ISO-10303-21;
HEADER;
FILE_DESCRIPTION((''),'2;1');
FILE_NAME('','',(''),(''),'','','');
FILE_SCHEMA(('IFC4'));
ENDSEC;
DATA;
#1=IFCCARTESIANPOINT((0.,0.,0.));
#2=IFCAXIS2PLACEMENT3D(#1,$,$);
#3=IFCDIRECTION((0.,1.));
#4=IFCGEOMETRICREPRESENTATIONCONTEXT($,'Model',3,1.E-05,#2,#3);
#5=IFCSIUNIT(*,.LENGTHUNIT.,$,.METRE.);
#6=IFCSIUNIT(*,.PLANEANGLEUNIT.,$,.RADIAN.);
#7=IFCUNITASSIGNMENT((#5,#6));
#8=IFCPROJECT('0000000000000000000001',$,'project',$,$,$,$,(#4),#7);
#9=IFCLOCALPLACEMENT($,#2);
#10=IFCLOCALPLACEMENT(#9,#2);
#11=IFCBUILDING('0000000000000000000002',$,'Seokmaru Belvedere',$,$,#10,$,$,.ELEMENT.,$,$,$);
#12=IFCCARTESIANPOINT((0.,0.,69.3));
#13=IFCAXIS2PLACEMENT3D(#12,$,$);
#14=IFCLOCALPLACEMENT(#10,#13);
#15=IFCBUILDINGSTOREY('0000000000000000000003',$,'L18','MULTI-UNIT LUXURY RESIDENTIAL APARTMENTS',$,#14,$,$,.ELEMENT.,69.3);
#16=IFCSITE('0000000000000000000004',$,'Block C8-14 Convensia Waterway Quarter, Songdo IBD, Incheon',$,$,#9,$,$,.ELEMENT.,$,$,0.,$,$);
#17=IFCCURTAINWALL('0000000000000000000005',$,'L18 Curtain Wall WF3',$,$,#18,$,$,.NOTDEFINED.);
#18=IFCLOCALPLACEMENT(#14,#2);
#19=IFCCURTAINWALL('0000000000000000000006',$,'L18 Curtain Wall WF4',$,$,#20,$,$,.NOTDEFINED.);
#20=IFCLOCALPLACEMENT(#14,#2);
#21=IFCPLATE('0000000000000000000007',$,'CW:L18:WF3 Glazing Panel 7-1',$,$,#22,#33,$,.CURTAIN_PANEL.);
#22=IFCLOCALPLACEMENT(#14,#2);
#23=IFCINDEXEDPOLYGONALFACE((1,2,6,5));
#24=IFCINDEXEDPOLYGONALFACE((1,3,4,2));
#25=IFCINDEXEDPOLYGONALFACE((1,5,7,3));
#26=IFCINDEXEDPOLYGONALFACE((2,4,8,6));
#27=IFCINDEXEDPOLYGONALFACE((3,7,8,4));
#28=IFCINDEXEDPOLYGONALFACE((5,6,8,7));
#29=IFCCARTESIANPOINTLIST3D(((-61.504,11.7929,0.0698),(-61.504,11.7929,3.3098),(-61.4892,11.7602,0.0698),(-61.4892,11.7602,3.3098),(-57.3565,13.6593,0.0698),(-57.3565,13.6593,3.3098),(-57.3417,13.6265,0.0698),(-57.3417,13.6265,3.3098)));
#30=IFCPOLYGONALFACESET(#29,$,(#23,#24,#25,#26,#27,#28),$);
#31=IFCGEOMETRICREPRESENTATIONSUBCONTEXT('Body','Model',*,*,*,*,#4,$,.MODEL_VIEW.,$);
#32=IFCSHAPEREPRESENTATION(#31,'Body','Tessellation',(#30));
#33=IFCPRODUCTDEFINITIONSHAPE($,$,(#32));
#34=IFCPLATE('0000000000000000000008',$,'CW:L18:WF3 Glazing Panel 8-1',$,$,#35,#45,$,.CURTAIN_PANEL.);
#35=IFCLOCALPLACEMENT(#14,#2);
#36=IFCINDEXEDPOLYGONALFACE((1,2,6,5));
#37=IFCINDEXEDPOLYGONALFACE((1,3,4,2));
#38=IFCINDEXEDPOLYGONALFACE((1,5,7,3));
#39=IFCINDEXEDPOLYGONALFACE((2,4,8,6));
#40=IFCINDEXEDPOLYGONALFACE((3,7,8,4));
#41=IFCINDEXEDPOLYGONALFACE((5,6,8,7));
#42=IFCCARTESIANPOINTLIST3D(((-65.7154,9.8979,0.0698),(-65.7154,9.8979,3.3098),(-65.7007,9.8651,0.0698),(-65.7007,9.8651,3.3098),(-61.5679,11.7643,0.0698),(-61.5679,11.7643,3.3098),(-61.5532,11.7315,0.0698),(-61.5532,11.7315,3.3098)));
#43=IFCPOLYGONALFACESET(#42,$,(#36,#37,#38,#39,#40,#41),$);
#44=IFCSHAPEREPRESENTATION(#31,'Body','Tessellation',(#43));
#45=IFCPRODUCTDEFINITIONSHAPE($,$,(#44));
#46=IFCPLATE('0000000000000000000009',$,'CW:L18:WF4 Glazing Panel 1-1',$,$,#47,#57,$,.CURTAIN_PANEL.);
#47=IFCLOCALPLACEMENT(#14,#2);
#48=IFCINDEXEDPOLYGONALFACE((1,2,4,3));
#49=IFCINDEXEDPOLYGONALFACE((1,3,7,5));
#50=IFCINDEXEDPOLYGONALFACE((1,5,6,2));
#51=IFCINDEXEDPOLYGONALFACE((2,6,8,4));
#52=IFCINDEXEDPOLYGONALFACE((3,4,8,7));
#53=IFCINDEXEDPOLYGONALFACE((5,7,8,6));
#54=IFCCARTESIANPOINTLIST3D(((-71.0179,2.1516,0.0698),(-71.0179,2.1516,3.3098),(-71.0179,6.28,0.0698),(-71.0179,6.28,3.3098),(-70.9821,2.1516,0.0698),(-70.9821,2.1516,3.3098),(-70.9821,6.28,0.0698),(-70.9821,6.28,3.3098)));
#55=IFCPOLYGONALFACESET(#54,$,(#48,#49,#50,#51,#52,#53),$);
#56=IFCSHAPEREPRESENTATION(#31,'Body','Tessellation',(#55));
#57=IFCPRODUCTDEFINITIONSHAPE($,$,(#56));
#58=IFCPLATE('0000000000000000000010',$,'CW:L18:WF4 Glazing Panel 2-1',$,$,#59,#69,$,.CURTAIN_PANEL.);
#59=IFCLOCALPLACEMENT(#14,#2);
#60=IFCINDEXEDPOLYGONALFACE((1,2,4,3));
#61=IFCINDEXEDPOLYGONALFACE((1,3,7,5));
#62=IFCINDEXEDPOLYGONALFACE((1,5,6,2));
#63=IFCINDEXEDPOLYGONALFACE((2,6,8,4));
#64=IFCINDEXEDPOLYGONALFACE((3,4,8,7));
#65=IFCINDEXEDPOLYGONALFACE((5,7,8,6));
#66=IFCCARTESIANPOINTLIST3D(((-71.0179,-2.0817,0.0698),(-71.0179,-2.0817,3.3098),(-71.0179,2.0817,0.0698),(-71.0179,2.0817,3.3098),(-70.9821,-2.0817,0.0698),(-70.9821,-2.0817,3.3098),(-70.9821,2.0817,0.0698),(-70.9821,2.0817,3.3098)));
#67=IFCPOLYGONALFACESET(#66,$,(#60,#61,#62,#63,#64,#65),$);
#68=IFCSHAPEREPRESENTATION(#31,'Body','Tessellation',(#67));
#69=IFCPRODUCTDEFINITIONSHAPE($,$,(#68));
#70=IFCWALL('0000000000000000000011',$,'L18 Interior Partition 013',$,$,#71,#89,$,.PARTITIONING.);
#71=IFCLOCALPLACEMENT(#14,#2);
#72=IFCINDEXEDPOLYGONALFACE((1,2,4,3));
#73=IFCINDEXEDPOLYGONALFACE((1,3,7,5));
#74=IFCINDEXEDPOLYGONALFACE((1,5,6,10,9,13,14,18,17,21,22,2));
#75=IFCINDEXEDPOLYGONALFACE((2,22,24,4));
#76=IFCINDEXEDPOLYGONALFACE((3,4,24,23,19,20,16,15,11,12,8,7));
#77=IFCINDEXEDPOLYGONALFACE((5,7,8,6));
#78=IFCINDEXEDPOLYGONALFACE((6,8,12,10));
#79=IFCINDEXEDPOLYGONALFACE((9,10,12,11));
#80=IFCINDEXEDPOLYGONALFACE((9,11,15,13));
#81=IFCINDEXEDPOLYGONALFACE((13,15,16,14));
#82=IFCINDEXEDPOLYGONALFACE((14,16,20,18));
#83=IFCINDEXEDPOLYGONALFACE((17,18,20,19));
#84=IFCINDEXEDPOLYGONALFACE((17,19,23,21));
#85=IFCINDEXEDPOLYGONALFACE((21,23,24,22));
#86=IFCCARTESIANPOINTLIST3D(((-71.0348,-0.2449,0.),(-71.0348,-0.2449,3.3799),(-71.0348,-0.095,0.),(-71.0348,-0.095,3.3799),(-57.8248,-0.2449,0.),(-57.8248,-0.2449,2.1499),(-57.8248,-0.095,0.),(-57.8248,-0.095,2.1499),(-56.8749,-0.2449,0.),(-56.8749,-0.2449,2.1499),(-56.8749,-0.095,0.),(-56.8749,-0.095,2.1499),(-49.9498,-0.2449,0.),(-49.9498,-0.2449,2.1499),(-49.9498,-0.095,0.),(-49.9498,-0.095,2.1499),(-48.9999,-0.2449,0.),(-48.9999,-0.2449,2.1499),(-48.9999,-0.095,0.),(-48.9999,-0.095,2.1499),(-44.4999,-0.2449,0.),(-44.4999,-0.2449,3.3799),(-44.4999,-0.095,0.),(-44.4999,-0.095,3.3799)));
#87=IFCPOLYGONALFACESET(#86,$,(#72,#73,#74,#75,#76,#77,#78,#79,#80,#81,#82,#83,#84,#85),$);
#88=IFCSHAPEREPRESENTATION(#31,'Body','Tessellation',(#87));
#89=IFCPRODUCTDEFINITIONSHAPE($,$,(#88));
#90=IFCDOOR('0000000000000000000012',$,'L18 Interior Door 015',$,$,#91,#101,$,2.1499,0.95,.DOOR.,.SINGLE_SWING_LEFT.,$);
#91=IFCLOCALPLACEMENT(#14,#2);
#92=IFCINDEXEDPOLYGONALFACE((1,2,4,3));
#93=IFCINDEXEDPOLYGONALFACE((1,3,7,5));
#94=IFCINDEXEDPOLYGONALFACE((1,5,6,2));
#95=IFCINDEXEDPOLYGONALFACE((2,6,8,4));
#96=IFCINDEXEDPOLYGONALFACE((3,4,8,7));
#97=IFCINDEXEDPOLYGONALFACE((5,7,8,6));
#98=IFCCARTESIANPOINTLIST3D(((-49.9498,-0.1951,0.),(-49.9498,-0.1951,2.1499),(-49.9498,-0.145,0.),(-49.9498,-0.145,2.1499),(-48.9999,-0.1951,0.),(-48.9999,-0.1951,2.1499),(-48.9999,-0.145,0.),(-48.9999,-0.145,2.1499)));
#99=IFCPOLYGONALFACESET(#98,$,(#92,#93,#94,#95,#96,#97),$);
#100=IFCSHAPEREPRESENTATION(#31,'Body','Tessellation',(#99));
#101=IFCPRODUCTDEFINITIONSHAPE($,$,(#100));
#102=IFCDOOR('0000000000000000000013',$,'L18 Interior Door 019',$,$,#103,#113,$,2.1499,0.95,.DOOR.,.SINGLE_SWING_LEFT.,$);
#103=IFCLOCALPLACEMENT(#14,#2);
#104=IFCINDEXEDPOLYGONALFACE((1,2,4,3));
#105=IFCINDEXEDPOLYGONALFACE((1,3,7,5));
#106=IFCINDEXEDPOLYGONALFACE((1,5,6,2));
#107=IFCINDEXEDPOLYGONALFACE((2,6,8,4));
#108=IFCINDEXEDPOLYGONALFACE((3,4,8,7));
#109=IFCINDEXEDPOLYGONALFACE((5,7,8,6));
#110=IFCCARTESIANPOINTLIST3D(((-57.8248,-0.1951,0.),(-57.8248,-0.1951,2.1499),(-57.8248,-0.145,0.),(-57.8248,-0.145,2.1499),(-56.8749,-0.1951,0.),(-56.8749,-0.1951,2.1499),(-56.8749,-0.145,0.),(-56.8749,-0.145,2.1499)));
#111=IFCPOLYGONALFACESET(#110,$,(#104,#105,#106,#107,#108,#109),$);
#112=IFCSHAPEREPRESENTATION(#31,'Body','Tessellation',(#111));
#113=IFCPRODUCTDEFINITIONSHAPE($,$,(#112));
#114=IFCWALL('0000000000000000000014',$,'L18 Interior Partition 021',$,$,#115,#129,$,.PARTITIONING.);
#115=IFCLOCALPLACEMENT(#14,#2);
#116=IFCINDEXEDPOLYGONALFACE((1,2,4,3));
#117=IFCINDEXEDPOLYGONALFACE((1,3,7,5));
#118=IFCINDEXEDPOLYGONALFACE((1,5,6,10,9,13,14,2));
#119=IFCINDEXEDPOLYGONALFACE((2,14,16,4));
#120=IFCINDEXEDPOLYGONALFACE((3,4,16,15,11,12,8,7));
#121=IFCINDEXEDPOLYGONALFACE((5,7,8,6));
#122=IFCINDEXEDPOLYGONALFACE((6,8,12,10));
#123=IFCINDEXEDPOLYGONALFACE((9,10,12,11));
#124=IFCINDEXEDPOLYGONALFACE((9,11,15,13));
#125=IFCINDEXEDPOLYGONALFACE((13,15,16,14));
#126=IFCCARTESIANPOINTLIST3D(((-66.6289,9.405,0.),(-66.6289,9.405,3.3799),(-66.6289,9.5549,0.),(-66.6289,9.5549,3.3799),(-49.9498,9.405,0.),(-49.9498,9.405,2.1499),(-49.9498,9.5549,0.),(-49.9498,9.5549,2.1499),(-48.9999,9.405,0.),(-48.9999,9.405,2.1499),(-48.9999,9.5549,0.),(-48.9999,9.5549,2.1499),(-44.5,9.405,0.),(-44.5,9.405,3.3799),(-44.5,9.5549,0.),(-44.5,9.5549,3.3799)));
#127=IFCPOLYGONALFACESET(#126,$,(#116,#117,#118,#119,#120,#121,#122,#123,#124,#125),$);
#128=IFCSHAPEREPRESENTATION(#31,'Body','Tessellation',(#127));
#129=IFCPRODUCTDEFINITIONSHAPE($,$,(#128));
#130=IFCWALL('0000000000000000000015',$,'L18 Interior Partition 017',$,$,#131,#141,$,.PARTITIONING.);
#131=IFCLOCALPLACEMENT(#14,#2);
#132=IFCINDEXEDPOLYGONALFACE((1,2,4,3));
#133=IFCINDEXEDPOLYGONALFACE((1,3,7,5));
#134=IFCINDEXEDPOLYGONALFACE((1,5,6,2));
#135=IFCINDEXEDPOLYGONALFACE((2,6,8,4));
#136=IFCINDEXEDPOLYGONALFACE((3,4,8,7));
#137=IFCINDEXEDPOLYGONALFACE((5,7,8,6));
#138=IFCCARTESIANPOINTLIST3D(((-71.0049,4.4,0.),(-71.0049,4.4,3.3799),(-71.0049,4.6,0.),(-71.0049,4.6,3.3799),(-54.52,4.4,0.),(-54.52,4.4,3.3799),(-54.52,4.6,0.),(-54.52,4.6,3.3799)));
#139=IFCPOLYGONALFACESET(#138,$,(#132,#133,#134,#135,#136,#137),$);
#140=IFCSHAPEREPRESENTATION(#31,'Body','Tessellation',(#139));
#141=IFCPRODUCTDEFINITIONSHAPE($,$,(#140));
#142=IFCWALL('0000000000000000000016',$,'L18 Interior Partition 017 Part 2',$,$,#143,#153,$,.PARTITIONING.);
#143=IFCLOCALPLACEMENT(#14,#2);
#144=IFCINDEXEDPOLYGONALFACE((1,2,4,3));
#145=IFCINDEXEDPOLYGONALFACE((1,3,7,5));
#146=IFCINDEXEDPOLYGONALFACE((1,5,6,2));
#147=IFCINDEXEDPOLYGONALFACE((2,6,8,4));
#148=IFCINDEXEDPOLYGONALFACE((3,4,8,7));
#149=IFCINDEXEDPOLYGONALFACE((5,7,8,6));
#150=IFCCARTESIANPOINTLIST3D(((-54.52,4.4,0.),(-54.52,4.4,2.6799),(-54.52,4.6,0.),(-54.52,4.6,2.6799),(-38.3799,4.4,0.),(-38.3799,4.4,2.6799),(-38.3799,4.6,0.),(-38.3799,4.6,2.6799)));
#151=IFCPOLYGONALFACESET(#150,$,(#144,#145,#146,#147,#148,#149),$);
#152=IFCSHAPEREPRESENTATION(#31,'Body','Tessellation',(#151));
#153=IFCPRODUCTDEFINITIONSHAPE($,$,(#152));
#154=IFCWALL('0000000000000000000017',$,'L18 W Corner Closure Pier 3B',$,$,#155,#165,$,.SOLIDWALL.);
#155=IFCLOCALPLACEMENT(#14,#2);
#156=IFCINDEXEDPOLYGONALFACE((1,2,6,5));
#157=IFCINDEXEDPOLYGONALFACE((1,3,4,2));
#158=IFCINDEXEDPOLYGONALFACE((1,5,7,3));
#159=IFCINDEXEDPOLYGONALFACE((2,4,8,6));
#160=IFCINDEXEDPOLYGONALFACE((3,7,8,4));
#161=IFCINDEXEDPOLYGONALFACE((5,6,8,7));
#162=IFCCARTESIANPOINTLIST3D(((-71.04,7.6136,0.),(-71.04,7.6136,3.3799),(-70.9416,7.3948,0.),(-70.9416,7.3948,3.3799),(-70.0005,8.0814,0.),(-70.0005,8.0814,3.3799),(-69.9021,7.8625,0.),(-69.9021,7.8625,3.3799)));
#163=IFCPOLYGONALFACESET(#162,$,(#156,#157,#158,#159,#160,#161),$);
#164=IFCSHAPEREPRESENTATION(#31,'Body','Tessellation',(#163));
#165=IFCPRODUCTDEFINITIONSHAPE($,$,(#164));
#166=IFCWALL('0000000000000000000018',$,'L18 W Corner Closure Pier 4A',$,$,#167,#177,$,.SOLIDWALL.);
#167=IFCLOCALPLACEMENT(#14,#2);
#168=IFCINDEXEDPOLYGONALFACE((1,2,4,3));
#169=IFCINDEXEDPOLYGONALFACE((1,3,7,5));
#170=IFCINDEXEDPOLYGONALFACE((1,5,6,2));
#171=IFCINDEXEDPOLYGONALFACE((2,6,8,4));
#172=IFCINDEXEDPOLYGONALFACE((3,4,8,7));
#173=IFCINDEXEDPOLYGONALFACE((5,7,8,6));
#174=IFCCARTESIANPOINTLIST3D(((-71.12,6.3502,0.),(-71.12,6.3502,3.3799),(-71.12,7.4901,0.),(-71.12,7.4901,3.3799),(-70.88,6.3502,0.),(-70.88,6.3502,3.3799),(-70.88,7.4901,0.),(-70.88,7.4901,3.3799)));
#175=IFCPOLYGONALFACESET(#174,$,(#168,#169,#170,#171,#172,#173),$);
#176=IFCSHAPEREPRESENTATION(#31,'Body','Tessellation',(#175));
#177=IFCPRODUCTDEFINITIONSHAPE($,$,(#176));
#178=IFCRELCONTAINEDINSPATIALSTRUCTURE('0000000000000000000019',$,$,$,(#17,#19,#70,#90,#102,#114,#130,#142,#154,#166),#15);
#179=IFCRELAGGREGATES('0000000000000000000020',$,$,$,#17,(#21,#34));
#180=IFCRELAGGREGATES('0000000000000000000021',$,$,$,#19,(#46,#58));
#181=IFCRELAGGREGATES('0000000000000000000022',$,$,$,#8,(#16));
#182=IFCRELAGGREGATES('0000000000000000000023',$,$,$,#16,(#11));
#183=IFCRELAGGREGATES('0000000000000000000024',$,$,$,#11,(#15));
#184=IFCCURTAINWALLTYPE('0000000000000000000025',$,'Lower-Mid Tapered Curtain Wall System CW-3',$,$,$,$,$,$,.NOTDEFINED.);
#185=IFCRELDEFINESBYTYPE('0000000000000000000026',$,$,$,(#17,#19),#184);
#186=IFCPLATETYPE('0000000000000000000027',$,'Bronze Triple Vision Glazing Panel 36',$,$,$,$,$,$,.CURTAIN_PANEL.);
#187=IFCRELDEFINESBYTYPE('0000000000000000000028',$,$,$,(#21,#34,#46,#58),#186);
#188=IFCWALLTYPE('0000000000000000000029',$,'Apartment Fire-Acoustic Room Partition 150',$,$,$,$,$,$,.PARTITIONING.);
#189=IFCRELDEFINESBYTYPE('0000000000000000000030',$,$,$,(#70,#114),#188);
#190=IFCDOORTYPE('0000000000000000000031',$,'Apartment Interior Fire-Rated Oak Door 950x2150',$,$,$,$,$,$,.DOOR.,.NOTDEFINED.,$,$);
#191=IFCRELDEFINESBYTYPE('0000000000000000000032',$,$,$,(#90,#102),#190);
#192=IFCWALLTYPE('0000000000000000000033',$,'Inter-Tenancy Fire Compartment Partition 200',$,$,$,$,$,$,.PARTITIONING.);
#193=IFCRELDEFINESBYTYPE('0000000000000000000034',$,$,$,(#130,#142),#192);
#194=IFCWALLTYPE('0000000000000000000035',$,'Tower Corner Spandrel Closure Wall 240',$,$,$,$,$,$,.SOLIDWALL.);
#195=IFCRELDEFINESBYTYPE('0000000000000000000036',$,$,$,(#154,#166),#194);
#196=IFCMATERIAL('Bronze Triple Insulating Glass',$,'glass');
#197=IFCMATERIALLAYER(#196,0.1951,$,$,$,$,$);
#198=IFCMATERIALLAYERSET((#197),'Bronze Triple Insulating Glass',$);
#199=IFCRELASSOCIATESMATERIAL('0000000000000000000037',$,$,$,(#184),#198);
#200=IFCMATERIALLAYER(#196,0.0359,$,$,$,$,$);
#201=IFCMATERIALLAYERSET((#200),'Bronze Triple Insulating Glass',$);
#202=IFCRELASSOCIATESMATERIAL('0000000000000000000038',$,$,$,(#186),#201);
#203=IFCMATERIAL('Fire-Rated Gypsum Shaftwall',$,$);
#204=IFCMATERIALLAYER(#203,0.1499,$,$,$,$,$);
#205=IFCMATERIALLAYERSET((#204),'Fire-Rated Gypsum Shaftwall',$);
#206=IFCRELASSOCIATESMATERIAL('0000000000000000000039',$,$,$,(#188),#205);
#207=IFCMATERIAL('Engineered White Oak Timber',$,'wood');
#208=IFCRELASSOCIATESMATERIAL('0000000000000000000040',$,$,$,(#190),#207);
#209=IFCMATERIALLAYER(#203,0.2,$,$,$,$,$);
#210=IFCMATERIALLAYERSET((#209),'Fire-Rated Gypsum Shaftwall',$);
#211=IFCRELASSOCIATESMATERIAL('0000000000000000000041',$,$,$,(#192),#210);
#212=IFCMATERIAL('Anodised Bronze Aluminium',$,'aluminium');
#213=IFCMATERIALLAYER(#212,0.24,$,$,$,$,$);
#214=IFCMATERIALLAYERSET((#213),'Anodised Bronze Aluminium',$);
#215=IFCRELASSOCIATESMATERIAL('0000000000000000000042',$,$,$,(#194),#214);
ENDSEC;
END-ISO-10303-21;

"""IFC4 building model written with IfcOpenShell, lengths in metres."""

from ifc_helpers import new_model, si_unit, direction, frame, frame_2d, origin, origin_2d, place, context, subcontext, project, spatial, rectangle, extrude, source, transform, mapped, material, layer, layer_set, type_object, type_shapes, element, fill, aggregate, save


model = new_model("IFC4")

# Units and contexts
model_context = context("Model", 3, precision=1e-05, world=origin(), true_north=direction((0.0, 1.0)))
body_context = subcontext(model_context, "Body", "Model", "MODEL_VIEW")
ifc_project = project(units=[si_unit("LENGTHUNIT", "METRE"), si_unit("PLANEANGLEUNIT", "RADIAN")], contexts=[model_context])

# Site, building, storey
site_placement = place(None, origin())
site = spatial("IfcSite", under=ifc_project, at=site_placement, Name="Block C8-14 Convensia Waterway Quarter, Songdo IBD, Incheon", CompositionType="ELEMENT", RefElevation=0.0)
building_placement = place(site_placement, origin())
building = spatial("IfcBuilding", under=site, at=building_placement, Name="Seokmaru Belvedere", CompositionType="ELEMENT")
storey_placement = place(building_placement, frame((0.0, 0.0, 69.3)))
storey = spatial("IfcBuildingStorey", under=building, at=storey_placement, Name="L18", Description="MULTI-UNIT LUXURY RESIDENTIAL APARTMENTS", CompositionType="ELEMENT", Elevation=69.3)

# Curtain walls
ifc_material_1 = material(Name="Bronze Triple Insulating Glass", Category="glass")
ifc_layer_1 = layer(ifc_material_1, 0.1951)
ifc_layer_set_1 = layer_set([ifc_layer_1], Name="Bronze Triple Insulating Glass")
curtain_wall_type = type_object("IfcCurtainWallType", Name="Lower-Mid Tapered Curtain Wall System CW-3", PredefinedType="NOTDEFINED", material=ifc_layer_set_1)
curtain_wall_1_placement = place(storey_placement, origin())
curtain_wall_1 = element("IfcCurtainWall", 1, at=curtain_wall_1_placement, inside=storey, type_object=curtain_wall_type, Name="L18 Curtain Wall WF3", PredefinedType="NOTDEFINED")
ifc_material_2 = material(Name="Anodised Bronze Aluminium", Category="aluminium")
curtain_wall_2_placement = place(storey_placement, origin())
curtain_wall_2 = element("IfcCurtainWall", 2, at=curtain_wall_2_placement, inside=storey, type_object=curtain_wall_type, Name="L18 Curtain Wall WF4", PredefinedType="NOTDEFINED")

# Plates
ifc_layer_2 = layer(ifc_material_1, 0.0359)
ifc_layer_set_2 = layer_set([ifc_layer_2], Name="Bronze Triple Insulating Glass")
plate_type = type_object("IfcPlateType", Name="Bronze Triple Vision Glazing Panel 36", PredefinedType="CURTAIN_PANEL", material=ifc_layer_set_2)
shared_shape_1 = source(origin(), body_context, "Body", "SweptSolid", [
    extrude(rectangle(XDim=4.5481, YDim=0.0359, at=origin_2d()), origin(), (0.0, 0.0, 1.0), 3.24),
])
plate_1_placement = place(storey_placement, frame((-59.4229, 12.7097, 0.0698), z_axis=(0.0, 0.0, 1.0), x_axis=(-0.911921, -0.410366, 0.0)))
plate_1 = element("IfcPlate", 3, at=plate_1_placement, type_object=plate_type, Name="CW:L18:WF3 Glazing Panel 7-1", PredefinedType="CURTAIN_PANEL", context=body_context, shape_type="MappedRepresentation", body=[
    mapped(shared_shape_1, transform((0.0, 0.0, 0.0), scale=1.0)),
])
plate_2_placement = place(storey_placement, frame((-63.6343, 10.8147, 0.0698), z_axis=(0.0, 0.0, 1.0), x_axis=(-0.911921, -0.410366, 0.0)))
plate_2 = element("IfcPlate", 4, at=plate_2_placement, type_object=plate_type, Name="CW:L18:WF3 Glazing Panel 8-1", PredefinedType="CURTAIN_PANEL", context=body_context, shape_type="MappedRepresentation", body=[
    mapped(shared_shape_1, transform((0.0, 0.0, 0.0), scale=1.0)),
])
aggregate(curtain_wall_1, [plate_1, plate_2])
shared_shape_2 = source(origin(), body_context, "Body", "SweptSolid", [
    extrude(rectangle(XDim=4.1284, YDim=0.0359, at=origin_2d()), origin(), (0.0, 0.0, 1.0), 3.24),
])
plate_3_placement = place(storey_placement, frame((-71.0, 4.2158, 0.0698), z_axis=(0.0, 0.0, 1.0), x_axis=(0.0, -1.0, 0.0)))
plate_3 = element("IfcPlate", 5, at=plate_3_placement, type_object=plate_type, Name="CW:L18:WF4 Glazing Panel 1-1", PredefinedType="CURTAIN_PANEL", context=body_context, shape_type="MappedRepresentation", body=[
    mapped(shared_shape_2, transform((0.0, 0.0, 0.0), scale=1.0)),
])
shared_shape_3 = source(origin(), body_context, "Body", "SweptSolid", [
    extrude(rectangle(XDim=4.1633, YDim=0.0359, at=origin_2d()), origin(), (0.0, 0.0, 1.0), 3.24),
])
plate_4_placement = place(storey_placement, frame((-71.0, 0.0, 0.0698), z_axis=(0.0, 0.0, 1.0), x_axis=(0.0, -1.0, 0.0)))
plate_4 = element("IfcPlate", 6, at=plate_4_placement, type_object=plate_type, Name="CW:L18:WF4 Glazing Panel 2-1", PredefinedType="CURTAIN_PANEL", context=body_context, shape_type="MappedRepresentation", body=[
    mapped(shared_shape_3, transform((0.0, 0.0, 0.0), scale=1.0)),
])
aggregate(curtain_wall_2, [plate_3, plate_4])

# Wall, openings, doors
ifc_material_3 = material(Name="Fire-Rated Gypsum Shaftwall")
ifc_layer_3 = layer(ifc_material_3, 0.1499)
ifc_layer_set_3 = layer_set([ifc_layer_3], Name="Fire-Rated Gypsum Shaftwall")
wall_type_1 = type_object("IfcWallType", Name="Apartment Fire-Acoustic Room Partition 150", PredefinedType="PARTITIONING", material=ifc_layer_set_3)
wall_1_placement = place(storey_placement, frame((-71.0349, -0.1699, 0.0), z_axis=(0.0, 0.0, 1.0), x_axis=(1.0, 0.0, 0.0)))
wall_1 = element("IfcWall", 7, at=wall_1_placement, inside=storey, type_object=wall_type_1, Name="L18 Interior Partition 013", PredefinedType="PARTITIONING", context=body_context, shape_type="SweptSolid", body=[
    extrude(rectangle(XDim=26.5349, YDim=0.1499, at=frame_2d((13.2676, 0.0))), origin(), (0.0, 0.0, 1.0), 3.3799),
])
opening_1_placement = place(wall_1_placement, frame((21.085, 0.0, 0.0)))
opening_1 = element("IfcOpeningElement", 8, at=opening_1_placement, cuts=wall_1, PredefinedType="OPENING", context=body_context, shape_type="SweptSolid", body=[
    extrude(rectangle(XDim=0.95, YDim=2.1499, at=frame_2d((0.4751, 1.075))), frame((0.0, 0.085, 0.0), z_axis=(0.0, -1.0, 0.0), x_axis=(1.0, 0.0, 0.0)), (0.0, 0.0, 1.0), 0.1699),
])
opening_2_placement = place(wall_1_placement, frame((13.21, 0.0, 0.0)))
opening_2 = element("IfcOpeningElement", 9, at=opening_2_placement, cuts=wall_1, PredefinedType="OPENING", context=body_context, shape_type="SweptSolid", body=[
    extrude(rectangle(XDim=0.95, YDim=2.1499, at=frame_2d((0.4751, 1.075))), frame((0.0, 0.085, 0.0), z_axis=(0.0, -1.0, 0.0), x_axis=(1.0, 0.0, 0.0)), (0.0, 0.0, 1.0), 0.1699),
])
ifc_material_4 = material(Name="Engineered White Oak Timber", Category="wood")
door_type = type_object("IfcDoorType", Name="Apartment Interior Fire-Rated Oak Door 950x2150", OperationType="NOTDEFINED", PredefinedType="DOOR", material=ifc_material_4)
shared_shape_4 = source(origin(), body_context, "Body", "SweptSolid", [
    extrude(rectangle(XDim=0.95, YDim=2.1499, at=frame_2d((0.4751, 1.075))), frame((0.0, 0.0249, 0.0), z_axis=(0.0, -1.0, 0.0), x_axis=(1.0, 0.0, 0.0)), (0.0, 0.0, 1.0), 0.05),
])
type_shapes(door_type, [shared_shape_4])
door_1_placement = place(opening_1_placement, origin())
door_1 = element("IfcDoor", 10, at=door_1_placement, inside=storey, type_object=door_type, Name="L18 Interior Door 015", OperationType="SINGLE_SWING_LEFT", OverallHeight=2.1499, OverallWidth=0.95, PredefinedType="DOOR", context=body_context, shape_type="MappedRepresentation", body=[
    mapped(shared_shape_4, transform((0.0, 0.0, 0.0), scale=1.0)),
])
fill(opening_1, door_1)
door_2_placement = place(opening_2_placement, origin())
door_2 = element("IfcDoor", 11, at=door_2_placement, inside=storey, type_object=door_type, Name="L18 Interior Door 019", OperationType="SINGLE_SWING_LEFT", OverallHeight=2.1499, OverallWidth=0.95, PredefinedType="DOOR", context=body_context, shape_type="MappedRepresentation", body=[
    mapped(shared_shape_4, transform((0.0, 0.0, 0.0), scale=1.0)),
])
fill(opening_2, door_2)

# Wall, opening
wall_2_placement = place(storey_placement, frame((-66.6289, 9.48, 0.0), z_axis=(0.0, 0.0, 1.0), x_axis=(1.0, 0.0, 0.0)))
wall_2 = element("IfcWall", 12, at=wall_2_placement, inside=storey, type_object=wall_type_1, Name="L18 Interior Partition 021", PredefinedType="PARTITIONING", context=body_context, shape_type="SweptSolid", body=[
    extrude(rectangle(XDim=22.1289, YDim=0.1499, at=frame_2d((11.0645, 0.0))), origin(), (0.0, 0.0, 1.0), 3.3799),
])
opening_3_placement = place(wall_2_placement, frame((16.679, 0.0, 0.0)))
element("IfcOpeningElement", 13, at=opening_3_placement, cuts=wall_2, PredefinedType="OPENING", context=body_context, shape_type="SweptSolid", body=[
    extrude(rectangle(XDim=0.95, YDim=2.1499, at=frame_2d((0.4751, 1.075))), frame((0.0, 0.085, 0.0), z_axis=(0.0, -1.0, 0.0), x_axis=(1.0, 0.0, 0.0)), (0.0, 0.0, 1.0), 0.1699),
])

# Walls
ifc_layer_4 = layer(ifc_material_3, 0.2)
ifc_layer_set_4 = layer_set([ifc_layer_4], Name="Fire-Rated Gypsum Shaftwall")
wall_type_2 = type_object("IfcWallType", Name="Inter-Tenancy Fire Compartment Partition 200", PredefinedType="PARTITIONING", material=ifc_layer_set_4)
wall_3_placement = place(storey_placement, frame((-71.0049, 4.5, 0.0), z_axis=(0.0, 0.0, 1.0), x_axis=(1.0, 0.0, 0.0)))
element("IfcWall", 14, at=wall_3_placement, inside=storey, type_object=wall_type_2, Name="L18 Interior Partition 017", PredefinedType="PARTITIONING", context=body_context, shape_type="SweptSolid", body=[
    extrude(rectangle(XDim=16.4849, YDim=0.2, at=frame_2d((8.2424, 0.0))), origin(), (0.0, 0.0, 1.0), 3.3799),
])
wall_4_placement = place(storey_placement, frame((-54.52, 4.5, 0.0), z_axis=(0.0, 0.0, 1.0), x_axis=(1.0, 0.0, 0.0)))
element("IfcWall", 15, at=wall_4_placement, inside=storey, type_object=wall_type_2, Name="L18 Interior Partition 017 Part 2", PredefinedType="PARTITIONING", context=body_context, shape_type="SweptSolid", body=[
    extrude(rectangle(XDim=16.1401, YDim=0.2, at=frame_2d((8.0701, 0.0))), origin(), (0.0, 0.0, 1.0), 2.6799),
])
ifc_layer_5 = layer(ifc_material_2, 0.24)
ifc_layer_set_5 = layer_set([ifc_layer_5], Name="Anodised Bronze Aluminium")
wall_type_3 = type_object("IfcWallType", Name="Tower Corner Spandrel Closure Wall 240", PredefinedType="SOLIDWALL", material=ifc_layer_set_5)
for number, where, z_axis, x_axis, name in (
    (16, (-69.9514, 7.9719, 0.0), (0.0, 0.0, 1.0), (-0.91193, -0.410347, 0.0), "L18 W Corner Closure Pier 3B"),
    (17, (-71.0, 7.49, 0.0), (0.0, 0.0, 1.0), (0.0, -1.0, 0.0), "L18 W Corner Closure Pier 4A"),
):
    element("IfcWall", number, at=place(storey_placement, frame(where, z_axis=z_axis, x_axis=x_axis)), inside=storey, type_object=wall_type_3, Name=name, PredefinedType="SOLIDWALL", context=body_context, shape_type="SweptSolid", body=[
        extrude(rectangle(XDim=1.1399, YDim=0.24, at=frame_2d((0.5698, 0.0))), origin(), (0.0, 0.0, 1.0), 3.3799),
    ])

save(model, "model.ifc")
